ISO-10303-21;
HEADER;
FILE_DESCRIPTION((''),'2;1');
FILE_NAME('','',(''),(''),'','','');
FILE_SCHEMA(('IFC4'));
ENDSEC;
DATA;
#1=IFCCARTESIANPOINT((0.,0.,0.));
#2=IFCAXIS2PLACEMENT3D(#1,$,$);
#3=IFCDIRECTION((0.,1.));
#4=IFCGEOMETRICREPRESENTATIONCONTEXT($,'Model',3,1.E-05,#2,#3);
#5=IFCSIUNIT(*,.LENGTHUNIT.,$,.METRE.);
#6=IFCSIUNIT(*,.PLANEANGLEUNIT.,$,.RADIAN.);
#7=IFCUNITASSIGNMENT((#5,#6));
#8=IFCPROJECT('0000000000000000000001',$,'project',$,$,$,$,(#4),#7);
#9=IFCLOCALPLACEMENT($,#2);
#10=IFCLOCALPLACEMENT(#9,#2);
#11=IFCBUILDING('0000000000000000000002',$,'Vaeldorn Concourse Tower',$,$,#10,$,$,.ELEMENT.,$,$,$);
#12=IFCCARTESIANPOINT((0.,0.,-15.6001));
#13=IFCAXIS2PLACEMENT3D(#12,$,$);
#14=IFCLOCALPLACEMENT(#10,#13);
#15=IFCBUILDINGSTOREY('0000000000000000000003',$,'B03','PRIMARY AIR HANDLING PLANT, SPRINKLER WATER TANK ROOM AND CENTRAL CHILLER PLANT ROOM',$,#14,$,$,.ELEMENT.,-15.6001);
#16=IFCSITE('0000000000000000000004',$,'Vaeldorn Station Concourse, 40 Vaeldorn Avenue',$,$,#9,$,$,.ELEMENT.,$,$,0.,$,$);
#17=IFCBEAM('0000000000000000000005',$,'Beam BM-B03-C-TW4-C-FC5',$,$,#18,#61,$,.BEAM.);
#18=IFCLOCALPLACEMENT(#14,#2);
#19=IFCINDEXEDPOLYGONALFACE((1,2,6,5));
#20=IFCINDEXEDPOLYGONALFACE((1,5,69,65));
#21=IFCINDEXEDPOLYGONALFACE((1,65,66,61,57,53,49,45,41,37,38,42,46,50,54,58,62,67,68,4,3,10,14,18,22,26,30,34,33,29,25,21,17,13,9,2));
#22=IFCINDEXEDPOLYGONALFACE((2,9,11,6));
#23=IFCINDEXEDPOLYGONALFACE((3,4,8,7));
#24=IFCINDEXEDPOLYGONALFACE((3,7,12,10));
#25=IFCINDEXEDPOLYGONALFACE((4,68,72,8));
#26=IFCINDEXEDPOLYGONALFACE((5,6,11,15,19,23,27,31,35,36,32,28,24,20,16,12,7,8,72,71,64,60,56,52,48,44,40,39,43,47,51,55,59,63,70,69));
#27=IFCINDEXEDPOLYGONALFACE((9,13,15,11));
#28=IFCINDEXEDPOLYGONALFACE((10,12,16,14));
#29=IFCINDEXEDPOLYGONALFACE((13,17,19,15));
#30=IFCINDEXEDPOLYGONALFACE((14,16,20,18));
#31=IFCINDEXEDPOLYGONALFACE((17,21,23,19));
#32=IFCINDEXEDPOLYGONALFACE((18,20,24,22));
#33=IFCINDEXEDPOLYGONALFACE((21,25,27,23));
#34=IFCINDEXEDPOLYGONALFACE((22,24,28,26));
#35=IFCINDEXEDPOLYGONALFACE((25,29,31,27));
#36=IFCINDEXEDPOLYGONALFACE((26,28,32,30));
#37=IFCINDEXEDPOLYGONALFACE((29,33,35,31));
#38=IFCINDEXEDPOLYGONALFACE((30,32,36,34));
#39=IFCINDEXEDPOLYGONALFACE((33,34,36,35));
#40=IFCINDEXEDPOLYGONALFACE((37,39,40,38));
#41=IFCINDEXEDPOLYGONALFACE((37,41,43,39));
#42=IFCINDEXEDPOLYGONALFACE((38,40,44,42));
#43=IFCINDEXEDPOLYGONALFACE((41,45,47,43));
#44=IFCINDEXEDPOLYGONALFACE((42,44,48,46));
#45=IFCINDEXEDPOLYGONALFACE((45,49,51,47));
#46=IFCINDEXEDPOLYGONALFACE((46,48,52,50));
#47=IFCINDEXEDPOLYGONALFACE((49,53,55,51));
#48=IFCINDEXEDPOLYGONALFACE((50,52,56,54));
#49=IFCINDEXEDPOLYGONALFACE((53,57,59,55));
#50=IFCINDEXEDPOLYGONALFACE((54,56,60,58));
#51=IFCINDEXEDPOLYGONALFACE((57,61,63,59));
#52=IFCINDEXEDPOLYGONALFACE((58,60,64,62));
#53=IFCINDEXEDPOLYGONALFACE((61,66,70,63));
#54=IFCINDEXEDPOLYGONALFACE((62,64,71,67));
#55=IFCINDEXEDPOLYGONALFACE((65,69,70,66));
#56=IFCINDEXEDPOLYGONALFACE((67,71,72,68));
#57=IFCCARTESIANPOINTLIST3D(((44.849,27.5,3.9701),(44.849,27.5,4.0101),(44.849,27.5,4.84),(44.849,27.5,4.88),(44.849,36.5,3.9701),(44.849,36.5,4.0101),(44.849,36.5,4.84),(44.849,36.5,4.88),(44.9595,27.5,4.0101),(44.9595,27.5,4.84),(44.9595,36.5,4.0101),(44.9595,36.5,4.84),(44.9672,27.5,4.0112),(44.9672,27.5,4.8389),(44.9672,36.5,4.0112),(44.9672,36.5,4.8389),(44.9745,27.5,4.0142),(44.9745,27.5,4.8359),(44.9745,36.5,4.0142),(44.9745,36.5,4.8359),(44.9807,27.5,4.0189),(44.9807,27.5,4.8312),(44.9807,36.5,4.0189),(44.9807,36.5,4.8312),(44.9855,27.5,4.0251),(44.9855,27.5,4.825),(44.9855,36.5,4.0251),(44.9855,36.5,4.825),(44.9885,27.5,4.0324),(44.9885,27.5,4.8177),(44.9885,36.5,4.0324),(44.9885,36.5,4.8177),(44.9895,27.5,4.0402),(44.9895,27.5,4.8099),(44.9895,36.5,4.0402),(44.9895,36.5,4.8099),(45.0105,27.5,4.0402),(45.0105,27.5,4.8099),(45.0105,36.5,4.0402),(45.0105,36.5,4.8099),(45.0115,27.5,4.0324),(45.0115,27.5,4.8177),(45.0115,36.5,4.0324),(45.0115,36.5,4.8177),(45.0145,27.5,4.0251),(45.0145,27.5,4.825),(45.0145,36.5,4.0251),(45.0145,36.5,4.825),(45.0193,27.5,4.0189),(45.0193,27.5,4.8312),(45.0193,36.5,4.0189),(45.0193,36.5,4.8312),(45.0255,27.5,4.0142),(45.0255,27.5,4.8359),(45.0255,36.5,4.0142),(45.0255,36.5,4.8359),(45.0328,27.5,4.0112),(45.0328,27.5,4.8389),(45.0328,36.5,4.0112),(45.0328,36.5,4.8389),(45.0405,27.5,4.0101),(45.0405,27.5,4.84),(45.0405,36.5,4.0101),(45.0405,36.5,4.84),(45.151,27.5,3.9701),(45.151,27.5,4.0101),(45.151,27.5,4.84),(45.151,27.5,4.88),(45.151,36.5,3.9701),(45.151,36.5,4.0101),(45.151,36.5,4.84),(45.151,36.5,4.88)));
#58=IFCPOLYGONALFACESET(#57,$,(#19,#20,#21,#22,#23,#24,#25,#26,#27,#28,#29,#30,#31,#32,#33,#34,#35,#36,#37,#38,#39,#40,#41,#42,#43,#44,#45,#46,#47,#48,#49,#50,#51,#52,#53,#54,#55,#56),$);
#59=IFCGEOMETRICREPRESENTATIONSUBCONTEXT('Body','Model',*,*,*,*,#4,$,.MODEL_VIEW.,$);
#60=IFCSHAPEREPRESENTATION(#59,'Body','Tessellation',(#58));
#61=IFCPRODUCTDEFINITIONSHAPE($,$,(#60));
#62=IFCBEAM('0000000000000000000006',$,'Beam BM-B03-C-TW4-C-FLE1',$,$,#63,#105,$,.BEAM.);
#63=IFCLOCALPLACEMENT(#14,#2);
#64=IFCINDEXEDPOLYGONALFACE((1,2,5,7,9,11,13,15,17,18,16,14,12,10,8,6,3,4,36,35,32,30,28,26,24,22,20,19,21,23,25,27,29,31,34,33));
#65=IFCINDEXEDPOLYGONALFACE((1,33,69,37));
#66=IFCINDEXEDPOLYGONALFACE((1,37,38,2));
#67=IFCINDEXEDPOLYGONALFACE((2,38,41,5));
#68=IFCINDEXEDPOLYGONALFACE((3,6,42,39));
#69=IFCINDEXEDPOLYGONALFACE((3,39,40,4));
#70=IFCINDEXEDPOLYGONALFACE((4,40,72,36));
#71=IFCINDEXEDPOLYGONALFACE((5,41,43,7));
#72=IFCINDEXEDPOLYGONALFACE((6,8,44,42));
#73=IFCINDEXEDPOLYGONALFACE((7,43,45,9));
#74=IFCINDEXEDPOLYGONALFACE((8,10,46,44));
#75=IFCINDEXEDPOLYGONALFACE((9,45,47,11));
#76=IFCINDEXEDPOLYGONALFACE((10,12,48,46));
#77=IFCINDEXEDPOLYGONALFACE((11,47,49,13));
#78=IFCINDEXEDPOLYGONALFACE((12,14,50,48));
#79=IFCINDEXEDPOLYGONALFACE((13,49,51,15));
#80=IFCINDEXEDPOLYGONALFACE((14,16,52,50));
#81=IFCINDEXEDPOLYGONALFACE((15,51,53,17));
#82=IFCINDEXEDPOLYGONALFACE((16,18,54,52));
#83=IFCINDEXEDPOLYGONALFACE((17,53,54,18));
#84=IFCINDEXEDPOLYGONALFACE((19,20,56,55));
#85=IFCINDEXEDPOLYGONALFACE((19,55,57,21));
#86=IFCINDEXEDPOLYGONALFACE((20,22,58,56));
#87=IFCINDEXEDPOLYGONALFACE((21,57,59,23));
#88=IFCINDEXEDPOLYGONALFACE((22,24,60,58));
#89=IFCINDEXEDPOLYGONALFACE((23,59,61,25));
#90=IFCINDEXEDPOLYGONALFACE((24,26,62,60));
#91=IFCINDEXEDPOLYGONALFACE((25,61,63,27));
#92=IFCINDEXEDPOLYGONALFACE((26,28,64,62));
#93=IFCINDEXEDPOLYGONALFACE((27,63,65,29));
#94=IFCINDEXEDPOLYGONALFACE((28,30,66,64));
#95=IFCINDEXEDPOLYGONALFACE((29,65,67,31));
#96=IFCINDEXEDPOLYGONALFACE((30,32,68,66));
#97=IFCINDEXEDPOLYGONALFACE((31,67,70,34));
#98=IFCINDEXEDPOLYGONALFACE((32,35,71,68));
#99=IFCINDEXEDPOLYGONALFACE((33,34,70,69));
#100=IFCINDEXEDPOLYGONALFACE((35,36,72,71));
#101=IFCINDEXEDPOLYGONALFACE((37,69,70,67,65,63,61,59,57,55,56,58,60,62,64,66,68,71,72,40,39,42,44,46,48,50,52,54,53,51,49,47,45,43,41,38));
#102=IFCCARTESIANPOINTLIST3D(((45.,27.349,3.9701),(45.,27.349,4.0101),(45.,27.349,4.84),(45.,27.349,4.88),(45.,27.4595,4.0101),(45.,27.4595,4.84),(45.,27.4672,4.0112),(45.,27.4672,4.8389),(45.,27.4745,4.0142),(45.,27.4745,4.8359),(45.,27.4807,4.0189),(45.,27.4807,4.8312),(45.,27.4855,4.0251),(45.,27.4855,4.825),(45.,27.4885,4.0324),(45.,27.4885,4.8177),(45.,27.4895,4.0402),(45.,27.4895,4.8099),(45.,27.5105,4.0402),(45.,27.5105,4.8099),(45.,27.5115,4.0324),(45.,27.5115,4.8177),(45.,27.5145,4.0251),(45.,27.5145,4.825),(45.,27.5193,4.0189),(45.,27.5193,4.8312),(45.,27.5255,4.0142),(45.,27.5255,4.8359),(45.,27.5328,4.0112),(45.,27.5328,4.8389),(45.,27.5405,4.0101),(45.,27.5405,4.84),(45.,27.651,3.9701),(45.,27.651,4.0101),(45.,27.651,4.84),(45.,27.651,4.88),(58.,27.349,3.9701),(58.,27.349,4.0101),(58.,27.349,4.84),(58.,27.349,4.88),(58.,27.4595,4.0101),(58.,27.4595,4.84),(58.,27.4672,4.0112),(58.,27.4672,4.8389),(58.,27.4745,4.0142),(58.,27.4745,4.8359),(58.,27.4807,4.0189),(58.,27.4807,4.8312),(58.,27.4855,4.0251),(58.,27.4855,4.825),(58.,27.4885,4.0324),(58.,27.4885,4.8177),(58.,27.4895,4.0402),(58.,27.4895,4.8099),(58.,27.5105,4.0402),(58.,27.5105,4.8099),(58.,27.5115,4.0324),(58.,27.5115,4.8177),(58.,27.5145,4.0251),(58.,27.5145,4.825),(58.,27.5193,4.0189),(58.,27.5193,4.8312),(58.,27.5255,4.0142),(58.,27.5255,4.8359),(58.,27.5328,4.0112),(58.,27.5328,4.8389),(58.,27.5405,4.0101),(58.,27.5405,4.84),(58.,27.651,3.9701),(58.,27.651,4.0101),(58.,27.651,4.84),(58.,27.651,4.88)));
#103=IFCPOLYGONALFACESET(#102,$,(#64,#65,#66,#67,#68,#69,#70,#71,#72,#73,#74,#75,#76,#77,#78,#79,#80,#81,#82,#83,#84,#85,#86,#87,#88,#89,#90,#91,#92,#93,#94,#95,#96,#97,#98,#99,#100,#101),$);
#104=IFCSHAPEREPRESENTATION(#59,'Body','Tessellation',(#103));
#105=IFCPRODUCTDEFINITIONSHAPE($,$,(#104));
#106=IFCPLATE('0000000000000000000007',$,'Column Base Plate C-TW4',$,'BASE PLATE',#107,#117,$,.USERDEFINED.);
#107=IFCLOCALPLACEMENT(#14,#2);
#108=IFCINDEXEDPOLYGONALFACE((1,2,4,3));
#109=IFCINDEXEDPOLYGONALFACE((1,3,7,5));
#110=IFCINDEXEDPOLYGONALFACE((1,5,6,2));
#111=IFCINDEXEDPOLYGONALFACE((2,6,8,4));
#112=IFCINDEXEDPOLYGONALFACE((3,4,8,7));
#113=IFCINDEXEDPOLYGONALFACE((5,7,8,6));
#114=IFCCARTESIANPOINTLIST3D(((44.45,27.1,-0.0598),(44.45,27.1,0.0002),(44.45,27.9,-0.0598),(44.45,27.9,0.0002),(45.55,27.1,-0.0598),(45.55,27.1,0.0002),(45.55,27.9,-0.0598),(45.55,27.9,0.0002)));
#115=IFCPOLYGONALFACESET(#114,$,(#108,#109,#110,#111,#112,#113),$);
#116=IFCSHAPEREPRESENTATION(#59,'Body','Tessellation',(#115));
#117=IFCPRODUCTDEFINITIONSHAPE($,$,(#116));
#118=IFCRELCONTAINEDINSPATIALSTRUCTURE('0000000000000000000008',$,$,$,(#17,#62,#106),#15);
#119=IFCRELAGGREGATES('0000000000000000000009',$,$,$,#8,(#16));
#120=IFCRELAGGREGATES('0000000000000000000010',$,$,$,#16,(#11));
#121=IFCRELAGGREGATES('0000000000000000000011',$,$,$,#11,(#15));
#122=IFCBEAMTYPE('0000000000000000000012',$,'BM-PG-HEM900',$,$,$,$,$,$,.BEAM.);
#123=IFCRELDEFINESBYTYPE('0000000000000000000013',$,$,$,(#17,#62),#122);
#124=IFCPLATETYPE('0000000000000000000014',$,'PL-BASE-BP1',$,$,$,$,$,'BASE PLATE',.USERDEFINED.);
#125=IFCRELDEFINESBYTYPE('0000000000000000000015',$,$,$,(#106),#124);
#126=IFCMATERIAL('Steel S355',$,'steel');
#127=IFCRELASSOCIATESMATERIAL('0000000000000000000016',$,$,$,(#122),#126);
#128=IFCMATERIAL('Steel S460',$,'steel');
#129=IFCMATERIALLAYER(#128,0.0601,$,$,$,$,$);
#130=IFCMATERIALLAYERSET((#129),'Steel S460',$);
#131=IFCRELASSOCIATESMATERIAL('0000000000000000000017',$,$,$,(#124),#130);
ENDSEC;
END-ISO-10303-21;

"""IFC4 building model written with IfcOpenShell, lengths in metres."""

from ifc_helpers import new_model, si_unit, direction, frame, origin, origin_2d, place, context, subcontext, project, spatial, rectangle, i_section, extrude, source, transform, mapped, material, layer, layer_set, material_profile, profile_set, type_object, element, save


model = new_model("IFC4")

# Units and contexts
model_context = context("Model", 3, precision=1e-05, world=origin(), true_north=direction((0.0, 1.0)))
body_context = subcontext(model_context, "Body", "Model", "MODEL_VIEW")
ifc_project = project(units=[si_unit("LENGTHUNIT", "METRE"), si_unit("PLANEANGLEUNIT", "RADIAN")], contexts=[model_context])

# Site, building, storey
site_placement = place(None, origin())
site = spatial("IfcSite", under=ifc_project, at=site_placement, Name="Vaeldorn Station Concourse, 40 Vaeldorn Avenue", CompositionType="ELEMENT", RefElevation=0.0)
building_placement = place(site_placement, origin())
building = spatial("IfcBuilding", under=site, at=building_placement, Name="Vaeldorn Concourse Tower", CompositionType="ELEMENT")
storey_placement = place(building_placement, frame((0.0, 0.0, -15.6001)))
storey = spatial("IfcBuildingStorey", under=building, at=storey_placement, Name="B03", Description="PRIMARY AIR HANDLING PLANT, SPRINKLER WATER TANK ROOM AND CENTRAL CHILLER PLANT ROOM", CompositionType="ELEMENT", Elevation=-15.6001)

# Shared definitions
ifc_material_1 = material(Name="Steel S460", Category="steel")

# Beams
ifc_material_2 = material(Name="Steel S355", Category="steel")
ifc_material_profile_1 = material_profile(ifc_material_2, i_section(OverallWidth=0.302, OverallDepth=0.9099, WebThickness=0.021, FlangeThickness=0.04, FilletRadius=0.03, at=origin_2d()), Name="HEM 900")
ifc_profile_set_1 = profile_set([ifc_material_profile_1], Name="Steel S355")
beam_type = type_object("IfcBeamType", Name="BM-PG-HEM900", PredefinedType="BEAM", material=ifc_profile_set_1)
shared_shape_1 = source(origin(), body_context, "Body", "SweptSolid", [
    extrude(i_section(OverallWidth=0.302, OverallDepth=0.9099, WebThickness=0.021, FlangeThickness=0.04, FilletRadius=0.03, at=origin_2d()), origin(), (0.0, 0.0, 1.0), 9.0),
])
beam_1_placement = place(storey_placement, frame((45.0, 27.5, 4.425), z_axis=(0.0, 1.0, 0.0), x_axis=(-1.0, 0.0, 0.0)))
element("IfcBeam", 1, at=beam_1_placement, inside=storey, type_object=beam_type, Name="Beam BM-B03-C-TW4-C-FC5", PredefinedType="BEAM", context=body_context, shape_type="MappedRepresentation", body=[
    mapped(shared_shape_1, transform((0.0, 0.0, 0.0), scale=1.0)),
])
shared_shape_2 = source(origin(), body_context, "Body", "SweptSolid", [
    extrude(i_section(OverallWidth=0.302, OverallDepth=0.9099, WebThickness=0.021, FlangeThickness=0.04, FilletRadius=0.03, at=origin_2d()), origin(), (0.0, 0.0, 1.0), 13.0),
])
beam_2_placement = place(storey_placement, frame((45.0, 27.5, 4.425), z_axis=(1.0, 0.0, 0.0), x_axis=(0.0, 1.0, 0.0)))
element("IfcBeam", 2, at=beam_2_placement, inside=storey, type_object=beam_type, Name="Beam BM-B03-C-TW4-C-FLE1", PredefinedType="BEAM", context=body_context, shape_type="MappedRepresentation", body=[
    mapped(shared_shape_2, transform((0.0, 0.0, 0.0), scale=1.0)),
])

# Plate
ifc_layer = layer(ifc_material_1, 0.0601)
ifc_layer_set = layer_set([ifc_layer], Name="Steel S460")
plate_type = type_object("IfcPlateType", Name="PL-BASE-BP1", ElementType="BASE PLATE", PredefinedType="USERDEFINED", material=ifc_layer_set)
shared_shape_3 = source(origin(), body_context, "Body", "SweptSolid", [
    extrude(rectangle(XDim=1.1001, YDim=0.8, at=origin_2d()), origin(), (0.0, 0.0, 1.0), 0.0601),
])
plate_placement = place(storey_placement, frame((45.0, 27.5, -0.0598), z_axis=(0.0, 0.0, 1.0), x_axis=(1.0, 0.0, 0.0)))
element("IfcPlate", 3, at=plate_placement, inside=storey, type_object=plate_type, Name="Column Base Plate C-TW4", ObjectType="BASE PLATE", PredefinedType="USERDEFINED", context=body_context, shape_type="MappedRepresentation", body=[
    mapped(shared_shape_3, transform((0.0, 0.0, 0.0), scale=1.0)),
])

save(model, "model.ifc")
